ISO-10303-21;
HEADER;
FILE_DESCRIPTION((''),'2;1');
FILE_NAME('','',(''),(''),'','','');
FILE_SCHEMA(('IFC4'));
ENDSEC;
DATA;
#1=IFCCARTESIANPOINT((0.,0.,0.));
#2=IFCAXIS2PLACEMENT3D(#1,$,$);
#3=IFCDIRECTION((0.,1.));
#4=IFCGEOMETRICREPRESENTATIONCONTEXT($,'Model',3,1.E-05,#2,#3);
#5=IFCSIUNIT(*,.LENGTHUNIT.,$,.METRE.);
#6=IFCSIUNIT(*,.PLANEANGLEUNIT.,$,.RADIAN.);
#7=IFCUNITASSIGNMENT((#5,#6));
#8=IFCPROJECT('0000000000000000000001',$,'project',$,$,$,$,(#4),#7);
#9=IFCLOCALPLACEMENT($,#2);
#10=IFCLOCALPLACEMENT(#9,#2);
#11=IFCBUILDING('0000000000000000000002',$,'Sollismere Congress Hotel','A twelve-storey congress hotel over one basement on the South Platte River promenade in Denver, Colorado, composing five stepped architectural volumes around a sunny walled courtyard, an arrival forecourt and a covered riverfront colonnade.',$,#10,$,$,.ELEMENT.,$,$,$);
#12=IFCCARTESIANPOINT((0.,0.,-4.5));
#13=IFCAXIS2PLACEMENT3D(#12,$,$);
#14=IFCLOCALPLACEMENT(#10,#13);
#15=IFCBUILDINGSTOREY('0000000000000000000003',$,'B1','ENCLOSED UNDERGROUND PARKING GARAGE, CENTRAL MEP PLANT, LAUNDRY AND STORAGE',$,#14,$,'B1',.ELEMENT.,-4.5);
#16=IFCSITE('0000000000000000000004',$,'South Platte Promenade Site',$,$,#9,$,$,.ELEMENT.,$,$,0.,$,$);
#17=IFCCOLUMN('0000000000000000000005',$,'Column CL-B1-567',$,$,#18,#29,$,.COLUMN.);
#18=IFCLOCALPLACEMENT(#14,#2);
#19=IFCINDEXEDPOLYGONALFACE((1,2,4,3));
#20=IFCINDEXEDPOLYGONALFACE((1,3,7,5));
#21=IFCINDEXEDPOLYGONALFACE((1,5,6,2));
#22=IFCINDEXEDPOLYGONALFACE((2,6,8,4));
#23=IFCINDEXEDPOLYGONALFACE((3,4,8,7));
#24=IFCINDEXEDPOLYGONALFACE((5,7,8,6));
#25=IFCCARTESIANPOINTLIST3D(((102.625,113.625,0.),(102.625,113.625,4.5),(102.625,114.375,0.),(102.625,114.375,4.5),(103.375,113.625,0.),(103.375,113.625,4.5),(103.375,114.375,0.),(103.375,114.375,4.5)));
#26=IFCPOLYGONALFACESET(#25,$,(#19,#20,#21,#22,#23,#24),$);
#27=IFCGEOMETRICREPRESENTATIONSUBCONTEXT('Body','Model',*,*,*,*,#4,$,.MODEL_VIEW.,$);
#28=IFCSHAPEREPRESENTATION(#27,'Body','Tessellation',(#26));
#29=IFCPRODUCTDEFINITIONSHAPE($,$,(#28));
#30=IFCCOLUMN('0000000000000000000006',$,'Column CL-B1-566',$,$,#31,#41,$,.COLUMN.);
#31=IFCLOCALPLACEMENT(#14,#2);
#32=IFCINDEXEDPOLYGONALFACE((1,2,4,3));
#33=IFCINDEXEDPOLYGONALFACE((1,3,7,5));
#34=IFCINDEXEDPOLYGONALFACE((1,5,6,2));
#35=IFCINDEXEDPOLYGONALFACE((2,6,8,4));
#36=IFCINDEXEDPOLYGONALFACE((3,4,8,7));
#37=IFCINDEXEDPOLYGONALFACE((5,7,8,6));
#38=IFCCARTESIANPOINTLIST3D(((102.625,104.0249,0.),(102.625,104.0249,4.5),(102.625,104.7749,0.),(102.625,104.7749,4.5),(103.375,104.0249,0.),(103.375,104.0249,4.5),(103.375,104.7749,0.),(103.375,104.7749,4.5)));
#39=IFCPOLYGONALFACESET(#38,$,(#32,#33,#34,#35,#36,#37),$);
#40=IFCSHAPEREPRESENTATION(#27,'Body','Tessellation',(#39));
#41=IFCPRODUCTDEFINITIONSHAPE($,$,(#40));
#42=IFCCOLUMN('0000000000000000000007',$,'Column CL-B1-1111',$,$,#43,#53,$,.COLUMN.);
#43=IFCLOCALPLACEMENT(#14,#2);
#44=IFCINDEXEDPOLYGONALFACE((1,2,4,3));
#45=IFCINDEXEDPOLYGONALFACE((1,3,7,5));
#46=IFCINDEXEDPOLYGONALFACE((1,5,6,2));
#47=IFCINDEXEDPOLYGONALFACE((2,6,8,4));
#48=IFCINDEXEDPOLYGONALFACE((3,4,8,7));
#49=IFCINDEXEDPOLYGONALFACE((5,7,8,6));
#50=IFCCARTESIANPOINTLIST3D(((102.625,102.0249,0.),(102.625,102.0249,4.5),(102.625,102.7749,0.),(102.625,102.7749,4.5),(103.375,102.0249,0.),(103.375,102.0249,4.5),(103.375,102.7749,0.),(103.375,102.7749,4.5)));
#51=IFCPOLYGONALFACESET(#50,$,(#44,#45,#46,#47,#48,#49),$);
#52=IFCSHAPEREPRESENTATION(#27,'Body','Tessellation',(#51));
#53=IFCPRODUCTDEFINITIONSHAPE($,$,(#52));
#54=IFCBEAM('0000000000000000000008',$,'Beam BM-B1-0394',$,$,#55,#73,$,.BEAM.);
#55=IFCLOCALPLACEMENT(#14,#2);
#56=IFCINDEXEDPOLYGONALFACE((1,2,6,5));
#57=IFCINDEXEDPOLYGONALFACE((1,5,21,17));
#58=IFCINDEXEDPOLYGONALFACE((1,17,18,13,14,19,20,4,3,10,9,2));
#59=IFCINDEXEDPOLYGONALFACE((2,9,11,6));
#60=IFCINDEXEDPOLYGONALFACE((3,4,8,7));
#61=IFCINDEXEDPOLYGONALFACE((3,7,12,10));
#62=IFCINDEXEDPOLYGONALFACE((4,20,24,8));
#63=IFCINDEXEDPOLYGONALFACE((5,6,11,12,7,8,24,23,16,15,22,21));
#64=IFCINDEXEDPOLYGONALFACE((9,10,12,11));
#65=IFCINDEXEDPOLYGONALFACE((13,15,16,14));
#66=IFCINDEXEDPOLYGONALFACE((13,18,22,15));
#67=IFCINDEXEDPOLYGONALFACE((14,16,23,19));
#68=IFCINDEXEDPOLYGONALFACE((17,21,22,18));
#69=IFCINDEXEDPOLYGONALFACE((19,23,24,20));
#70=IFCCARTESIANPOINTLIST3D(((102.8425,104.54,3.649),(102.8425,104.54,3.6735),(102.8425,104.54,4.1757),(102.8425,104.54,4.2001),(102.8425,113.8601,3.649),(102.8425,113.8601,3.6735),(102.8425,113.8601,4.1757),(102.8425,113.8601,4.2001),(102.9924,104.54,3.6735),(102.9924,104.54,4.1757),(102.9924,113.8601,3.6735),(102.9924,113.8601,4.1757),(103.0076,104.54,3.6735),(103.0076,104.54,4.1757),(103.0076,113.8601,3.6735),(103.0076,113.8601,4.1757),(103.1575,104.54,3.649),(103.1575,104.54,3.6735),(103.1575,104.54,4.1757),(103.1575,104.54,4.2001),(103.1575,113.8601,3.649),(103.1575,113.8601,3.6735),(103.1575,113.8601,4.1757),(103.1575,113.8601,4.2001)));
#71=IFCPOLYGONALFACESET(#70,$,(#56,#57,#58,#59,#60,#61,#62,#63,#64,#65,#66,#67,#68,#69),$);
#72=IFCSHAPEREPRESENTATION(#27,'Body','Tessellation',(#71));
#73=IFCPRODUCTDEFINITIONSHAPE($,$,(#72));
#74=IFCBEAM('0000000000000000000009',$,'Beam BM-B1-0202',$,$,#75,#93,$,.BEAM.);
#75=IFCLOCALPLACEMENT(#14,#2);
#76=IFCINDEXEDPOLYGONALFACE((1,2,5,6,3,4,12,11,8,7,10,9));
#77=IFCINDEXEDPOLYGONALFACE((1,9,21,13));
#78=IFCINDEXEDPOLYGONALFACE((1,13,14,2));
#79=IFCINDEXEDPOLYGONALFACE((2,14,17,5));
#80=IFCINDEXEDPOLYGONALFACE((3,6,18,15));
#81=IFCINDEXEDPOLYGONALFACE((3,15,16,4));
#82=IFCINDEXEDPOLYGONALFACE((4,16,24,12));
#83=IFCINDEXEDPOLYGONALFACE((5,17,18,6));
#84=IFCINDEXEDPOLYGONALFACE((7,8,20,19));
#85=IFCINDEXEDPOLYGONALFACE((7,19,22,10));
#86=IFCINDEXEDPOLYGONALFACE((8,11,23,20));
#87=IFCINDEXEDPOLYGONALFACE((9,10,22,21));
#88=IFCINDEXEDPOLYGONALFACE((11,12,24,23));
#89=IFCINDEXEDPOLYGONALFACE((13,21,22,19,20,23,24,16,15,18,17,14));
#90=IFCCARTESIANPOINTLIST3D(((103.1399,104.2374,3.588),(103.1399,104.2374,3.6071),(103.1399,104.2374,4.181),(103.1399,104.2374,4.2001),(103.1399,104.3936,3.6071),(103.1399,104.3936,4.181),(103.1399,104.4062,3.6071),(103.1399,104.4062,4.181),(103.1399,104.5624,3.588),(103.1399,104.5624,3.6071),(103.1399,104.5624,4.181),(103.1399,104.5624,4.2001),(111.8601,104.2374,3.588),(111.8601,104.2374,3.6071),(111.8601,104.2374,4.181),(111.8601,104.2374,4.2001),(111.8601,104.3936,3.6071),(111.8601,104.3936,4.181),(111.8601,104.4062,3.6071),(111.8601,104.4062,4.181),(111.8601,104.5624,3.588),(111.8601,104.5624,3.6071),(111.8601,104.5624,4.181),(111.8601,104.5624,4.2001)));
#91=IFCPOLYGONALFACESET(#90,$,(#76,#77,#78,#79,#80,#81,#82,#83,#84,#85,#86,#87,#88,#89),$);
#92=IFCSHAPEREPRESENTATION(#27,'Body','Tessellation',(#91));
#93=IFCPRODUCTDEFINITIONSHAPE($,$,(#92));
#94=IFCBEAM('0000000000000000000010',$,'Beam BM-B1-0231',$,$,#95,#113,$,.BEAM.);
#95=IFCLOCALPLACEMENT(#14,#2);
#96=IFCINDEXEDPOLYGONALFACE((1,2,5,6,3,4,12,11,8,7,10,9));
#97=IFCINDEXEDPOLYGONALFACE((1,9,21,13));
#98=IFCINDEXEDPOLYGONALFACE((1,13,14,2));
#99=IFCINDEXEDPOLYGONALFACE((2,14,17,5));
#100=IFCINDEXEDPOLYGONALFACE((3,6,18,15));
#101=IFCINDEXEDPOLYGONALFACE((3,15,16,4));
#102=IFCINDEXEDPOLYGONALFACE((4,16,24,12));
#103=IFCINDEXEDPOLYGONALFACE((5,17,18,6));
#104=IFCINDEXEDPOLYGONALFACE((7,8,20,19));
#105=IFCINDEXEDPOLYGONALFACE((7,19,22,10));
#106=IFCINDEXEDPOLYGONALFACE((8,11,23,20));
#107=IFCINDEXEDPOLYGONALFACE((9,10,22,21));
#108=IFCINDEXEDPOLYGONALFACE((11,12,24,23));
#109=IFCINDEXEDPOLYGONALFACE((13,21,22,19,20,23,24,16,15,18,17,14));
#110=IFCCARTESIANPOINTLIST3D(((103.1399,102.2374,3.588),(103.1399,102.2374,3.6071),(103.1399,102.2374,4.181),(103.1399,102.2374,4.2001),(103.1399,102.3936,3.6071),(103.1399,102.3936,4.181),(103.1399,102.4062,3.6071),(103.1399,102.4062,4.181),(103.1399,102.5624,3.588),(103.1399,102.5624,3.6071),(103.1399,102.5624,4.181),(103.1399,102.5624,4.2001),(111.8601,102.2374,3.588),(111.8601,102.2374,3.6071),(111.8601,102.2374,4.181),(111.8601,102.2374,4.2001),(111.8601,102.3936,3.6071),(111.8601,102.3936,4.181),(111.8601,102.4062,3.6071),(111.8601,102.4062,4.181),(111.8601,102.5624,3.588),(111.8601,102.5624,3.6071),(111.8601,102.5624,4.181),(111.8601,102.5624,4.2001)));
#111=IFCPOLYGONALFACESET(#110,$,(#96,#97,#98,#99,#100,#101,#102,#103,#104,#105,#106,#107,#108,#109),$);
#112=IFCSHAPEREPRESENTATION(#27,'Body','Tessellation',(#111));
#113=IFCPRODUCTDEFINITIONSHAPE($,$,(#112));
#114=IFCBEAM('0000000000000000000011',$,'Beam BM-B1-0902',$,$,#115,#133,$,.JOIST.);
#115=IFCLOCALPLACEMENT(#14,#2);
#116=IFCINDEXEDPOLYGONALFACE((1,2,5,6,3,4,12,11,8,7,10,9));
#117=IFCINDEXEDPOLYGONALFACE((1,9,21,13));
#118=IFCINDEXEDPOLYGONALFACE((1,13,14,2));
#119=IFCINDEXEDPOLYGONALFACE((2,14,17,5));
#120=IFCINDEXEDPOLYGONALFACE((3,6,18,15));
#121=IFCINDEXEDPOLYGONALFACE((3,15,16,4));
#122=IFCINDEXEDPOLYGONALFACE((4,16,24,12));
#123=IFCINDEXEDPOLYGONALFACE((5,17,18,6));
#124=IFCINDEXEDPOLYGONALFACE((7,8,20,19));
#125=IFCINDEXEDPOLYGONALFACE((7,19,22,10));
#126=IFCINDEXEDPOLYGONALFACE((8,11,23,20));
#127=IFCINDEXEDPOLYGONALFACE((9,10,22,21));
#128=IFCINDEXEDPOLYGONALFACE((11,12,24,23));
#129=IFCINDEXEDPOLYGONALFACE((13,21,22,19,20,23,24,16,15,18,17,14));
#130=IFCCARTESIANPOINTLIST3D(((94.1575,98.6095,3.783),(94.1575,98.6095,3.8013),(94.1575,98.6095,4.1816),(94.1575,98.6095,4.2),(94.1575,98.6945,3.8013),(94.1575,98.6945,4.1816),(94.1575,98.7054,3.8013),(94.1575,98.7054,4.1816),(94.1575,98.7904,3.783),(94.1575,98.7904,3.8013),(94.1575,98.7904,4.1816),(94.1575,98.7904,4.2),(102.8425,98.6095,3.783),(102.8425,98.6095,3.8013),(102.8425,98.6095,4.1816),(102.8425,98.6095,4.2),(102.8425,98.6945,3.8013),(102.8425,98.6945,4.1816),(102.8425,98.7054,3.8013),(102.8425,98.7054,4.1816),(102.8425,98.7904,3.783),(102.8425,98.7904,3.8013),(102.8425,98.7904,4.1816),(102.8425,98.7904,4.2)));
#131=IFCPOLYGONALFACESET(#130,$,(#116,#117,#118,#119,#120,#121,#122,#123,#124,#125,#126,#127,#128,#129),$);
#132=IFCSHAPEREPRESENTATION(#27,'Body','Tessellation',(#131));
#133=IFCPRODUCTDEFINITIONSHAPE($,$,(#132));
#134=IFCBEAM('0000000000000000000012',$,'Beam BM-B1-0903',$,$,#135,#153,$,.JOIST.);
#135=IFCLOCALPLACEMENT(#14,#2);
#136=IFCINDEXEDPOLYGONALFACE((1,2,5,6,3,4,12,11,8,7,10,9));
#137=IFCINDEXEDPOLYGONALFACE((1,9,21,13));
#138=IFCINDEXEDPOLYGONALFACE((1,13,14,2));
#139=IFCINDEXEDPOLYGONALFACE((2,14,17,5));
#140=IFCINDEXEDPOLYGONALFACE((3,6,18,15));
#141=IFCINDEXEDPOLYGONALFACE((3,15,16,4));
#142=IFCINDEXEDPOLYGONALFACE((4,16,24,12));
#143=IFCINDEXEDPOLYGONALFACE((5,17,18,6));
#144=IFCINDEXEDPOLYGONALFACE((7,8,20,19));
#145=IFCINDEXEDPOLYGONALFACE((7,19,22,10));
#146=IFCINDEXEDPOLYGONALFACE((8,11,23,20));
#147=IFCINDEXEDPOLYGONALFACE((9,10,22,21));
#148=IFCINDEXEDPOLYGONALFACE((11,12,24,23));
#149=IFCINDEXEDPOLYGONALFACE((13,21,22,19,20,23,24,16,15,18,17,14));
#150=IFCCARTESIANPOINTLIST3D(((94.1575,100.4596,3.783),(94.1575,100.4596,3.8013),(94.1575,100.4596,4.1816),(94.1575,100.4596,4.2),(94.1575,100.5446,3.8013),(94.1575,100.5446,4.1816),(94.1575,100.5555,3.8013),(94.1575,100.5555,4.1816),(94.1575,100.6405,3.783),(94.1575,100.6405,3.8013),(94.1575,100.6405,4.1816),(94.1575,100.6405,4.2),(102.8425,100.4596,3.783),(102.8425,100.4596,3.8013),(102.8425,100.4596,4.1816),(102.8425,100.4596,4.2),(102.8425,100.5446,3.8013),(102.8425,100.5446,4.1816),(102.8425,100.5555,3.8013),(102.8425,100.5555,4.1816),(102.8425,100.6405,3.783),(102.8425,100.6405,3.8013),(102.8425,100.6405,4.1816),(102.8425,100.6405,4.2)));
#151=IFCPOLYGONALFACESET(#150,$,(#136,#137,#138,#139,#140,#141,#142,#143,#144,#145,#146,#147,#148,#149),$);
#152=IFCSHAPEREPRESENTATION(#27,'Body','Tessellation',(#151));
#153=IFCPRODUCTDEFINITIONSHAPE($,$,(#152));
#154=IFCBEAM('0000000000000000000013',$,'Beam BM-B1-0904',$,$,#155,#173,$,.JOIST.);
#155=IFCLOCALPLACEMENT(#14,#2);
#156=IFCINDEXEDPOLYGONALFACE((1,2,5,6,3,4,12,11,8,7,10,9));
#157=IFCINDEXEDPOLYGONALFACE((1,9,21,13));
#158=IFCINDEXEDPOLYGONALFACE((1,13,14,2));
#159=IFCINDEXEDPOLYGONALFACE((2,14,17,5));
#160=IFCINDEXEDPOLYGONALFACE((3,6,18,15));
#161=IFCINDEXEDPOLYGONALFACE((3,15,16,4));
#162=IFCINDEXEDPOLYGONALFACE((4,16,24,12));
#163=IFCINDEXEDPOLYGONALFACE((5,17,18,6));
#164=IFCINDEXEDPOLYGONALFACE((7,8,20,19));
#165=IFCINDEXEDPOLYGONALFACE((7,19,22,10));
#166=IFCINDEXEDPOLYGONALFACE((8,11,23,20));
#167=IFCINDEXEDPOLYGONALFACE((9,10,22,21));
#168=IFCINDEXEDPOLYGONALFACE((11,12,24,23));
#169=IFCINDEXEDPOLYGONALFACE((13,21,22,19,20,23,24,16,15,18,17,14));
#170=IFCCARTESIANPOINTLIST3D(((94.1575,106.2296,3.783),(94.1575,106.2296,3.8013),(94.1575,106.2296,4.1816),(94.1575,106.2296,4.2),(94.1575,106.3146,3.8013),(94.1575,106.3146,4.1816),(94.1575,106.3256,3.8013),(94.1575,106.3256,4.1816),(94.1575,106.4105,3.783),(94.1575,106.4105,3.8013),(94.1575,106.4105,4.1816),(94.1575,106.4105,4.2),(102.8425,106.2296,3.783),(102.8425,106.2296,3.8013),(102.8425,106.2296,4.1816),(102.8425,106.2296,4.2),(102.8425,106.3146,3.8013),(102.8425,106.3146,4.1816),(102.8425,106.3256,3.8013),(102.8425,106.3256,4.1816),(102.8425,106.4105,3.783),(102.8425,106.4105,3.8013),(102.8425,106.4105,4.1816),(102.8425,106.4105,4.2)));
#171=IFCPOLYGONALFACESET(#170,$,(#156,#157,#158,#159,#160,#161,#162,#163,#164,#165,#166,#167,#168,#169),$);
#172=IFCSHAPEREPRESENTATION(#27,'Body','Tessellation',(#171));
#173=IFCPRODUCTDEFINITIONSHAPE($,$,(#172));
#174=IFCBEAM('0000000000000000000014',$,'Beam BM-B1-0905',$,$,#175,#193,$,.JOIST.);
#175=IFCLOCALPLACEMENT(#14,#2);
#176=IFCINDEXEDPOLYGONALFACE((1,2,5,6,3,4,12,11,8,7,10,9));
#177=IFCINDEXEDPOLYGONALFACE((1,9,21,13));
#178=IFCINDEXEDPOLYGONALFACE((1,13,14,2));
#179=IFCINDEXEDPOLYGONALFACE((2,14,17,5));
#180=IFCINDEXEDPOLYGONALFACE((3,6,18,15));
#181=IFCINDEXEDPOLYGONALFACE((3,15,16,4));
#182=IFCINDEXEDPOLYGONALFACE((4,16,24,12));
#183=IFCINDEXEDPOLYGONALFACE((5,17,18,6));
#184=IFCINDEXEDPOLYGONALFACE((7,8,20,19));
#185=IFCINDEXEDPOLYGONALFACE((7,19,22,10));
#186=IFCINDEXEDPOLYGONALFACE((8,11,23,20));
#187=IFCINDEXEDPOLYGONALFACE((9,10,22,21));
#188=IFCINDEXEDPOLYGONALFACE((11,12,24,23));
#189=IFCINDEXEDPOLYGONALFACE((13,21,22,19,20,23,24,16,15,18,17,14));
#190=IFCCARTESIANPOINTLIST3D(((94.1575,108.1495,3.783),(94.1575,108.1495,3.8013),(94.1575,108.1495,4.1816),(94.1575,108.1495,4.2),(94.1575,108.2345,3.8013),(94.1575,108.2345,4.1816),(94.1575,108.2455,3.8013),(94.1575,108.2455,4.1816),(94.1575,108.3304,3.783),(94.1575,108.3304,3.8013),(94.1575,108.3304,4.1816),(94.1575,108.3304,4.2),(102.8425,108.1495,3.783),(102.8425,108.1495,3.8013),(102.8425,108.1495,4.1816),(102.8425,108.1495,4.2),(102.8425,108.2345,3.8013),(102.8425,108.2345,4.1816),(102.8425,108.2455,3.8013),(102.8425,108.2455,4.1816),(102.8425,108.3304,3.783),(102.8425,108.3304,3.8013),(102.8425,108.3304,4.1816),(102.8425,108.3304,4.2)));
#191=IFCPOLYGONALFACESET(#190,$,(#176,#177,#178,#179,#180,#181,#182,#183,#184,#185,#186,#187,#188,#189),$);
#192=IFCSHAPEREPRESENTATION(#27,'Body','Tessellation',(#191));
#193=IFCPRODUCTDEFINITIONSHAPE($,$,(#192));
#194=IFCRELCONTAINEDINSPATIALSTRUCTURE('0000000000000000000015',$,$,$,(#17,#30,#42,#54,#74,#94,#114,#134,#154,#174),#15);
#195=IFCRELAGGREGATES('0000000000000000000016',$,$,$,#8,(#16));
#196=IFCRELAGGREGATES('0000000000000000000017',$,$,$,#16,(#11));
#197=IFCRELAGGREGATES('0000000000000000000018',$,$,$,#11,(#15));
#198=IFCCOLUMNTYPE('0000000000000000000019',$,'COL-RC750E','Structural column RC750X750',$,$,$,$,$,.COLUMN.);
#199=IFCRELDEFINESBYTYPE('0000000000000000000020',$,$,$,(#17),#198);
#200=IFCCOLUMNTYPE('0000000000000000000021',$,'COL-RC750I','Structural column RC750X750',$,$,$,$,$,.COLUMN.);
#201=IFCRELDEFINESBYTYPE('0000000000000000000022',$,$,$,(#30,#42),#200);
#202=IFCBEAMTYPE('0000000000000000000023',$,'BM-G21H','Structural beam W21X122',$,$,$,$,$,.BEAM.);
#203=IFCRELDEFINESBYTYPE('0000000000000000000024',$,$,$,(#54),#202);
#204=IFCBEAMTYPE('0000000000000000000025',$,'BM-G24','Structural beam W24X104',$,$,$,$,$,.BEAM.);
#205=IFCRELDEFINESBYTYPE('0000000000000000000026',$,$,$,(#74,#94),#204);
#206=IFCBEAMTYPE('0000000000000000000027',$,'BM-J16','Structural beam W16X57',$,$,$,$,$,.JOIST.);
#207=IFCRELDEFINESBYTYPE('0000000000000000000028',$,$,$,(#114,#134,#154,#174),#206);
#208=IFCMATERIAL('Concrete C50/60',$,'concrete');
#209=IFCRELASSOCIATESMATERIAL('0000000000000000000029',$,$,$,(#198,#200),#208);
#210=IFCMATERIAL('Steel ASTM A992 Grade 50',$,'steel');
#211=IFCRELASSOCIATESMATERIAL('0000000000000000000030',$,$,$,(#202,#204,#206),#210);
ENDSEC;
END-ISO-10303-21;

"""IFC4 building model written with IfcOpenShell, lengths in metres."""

from ifc_helpers import new_model, si_unit, direction, frame, origin, origin_2d, place, context, subcontext, project, spatial, rectangle, i_section, extrude, material, material_profile, profile_set, type_object, element, save


model = new_model("IFC4")

# Units and contexts
model_context = context("Model", 3, precision=1e-05, world=origin(), true_north=direction((0.0, 1.0)))
body_context = subcontext(model_context, "Body", "Model", "MODEL_VIEW")
ifc_project = project(units=[si_unit("LENGTHUNIT", "METRE"), si_unit("PLANEANGLEUNIT", "RADIAN")], contexts=[model_context])

# Site, building, storey
site_placement = place(None, origin())
site = spatial("IfcSite", under=ifc_project, at=site_placement, Name="South Platte Promenade Site", CompositionType="ELEMENT", RefElevation=0.0)
building_placement = place(site_placement, origin())
building = spatial("IfcBuilding", under=site, at=building_placement, Name="Sollismere Congress Hotel", Description="A twelve-storey congress hotel over one basement on the South Platte River promenade in Denver, Colorado, composing five stepped architectural volumes around a sunny walled courtyard, an arrival forecourt and a covered riverfront colonnade.", CompositionType="ELEMENT")
storey_placement = place(building_placement, frame((0.0, 0.0, -4.5)))
storey = spatial("IfcBuildingStorey", under=building, at=storey_placement, Name="B1", Description="ENCLOSED UNDERGROUND PARKING GARAGE, CENTRAL MEP PLANT, LAUNDRY AND STORAGE", LongName="B1", CompositionType="ELEMENT", Elevation=-4.5)

# Columns
ifc_material_1 = material(Name="Concrete C50/60", Category="concrete")
ifc_material_profile_1 = material_profile(ifc_material_1, rectangle(XDim=0.75, YDim=0.75, at=origin_2d()), Name="RC750X750")
ifc_profile_set_1 = profile_set([ifc_material_profile_1], Name="Concrete C50/60")
column_type_1 = type_object("IfcColumnType", Name="COL-RC750E", Description="Structural column RC750X750", PredefinedType="COLUMN", material=ifc_profile_set_1)
column_placement = place(storey_placement, frame((103.0, 114.0, 0.0), z_axis=(0.0, 0.0, 1.0), x_axis=(1.0, 0.0, 0.0)))
element("IfcColumn", 1, at=column_placement, inside=storey, type_object=column_type_1, Name="Column CL-B1-567", PredefinedType="COLUMN", context=body_context, shape_type="SweptSolid", body=[
    extrude(rectangle(XDim=0.75, YDim=0.75, at=origin_2d()), origin(), (0.0, 0.0, 1.0), 4.5),
])
ifc_material_profile_2 = material_profile(ifc_material_1, rectangle(XDim=0.75, YDim=0.75, at=origin_2d()), Name="RC750X750")
ifc_profile_set_2 = profile_set([ifc_material_profile_2], Name="Concrete C50/60")
column_type_2 = type_object("IfcColumnType", Name="COL-RC750I", Description="Structural column RC750X750", PredefinedType="COLUMN", material=ifc_profile_set_2)
for number, where, z_axis, x_axis, name in (
    (2, (103.0, 104.3999, 0.0), (0.0, 0.0, 1.0), (1.0, 0.0, 0.0), "Column CL-B1-566"),
    (3, (103.0, 102.3999, 0.0), (0.0, 0.0, 1.0), (0.0, 1.0, 0.0), "Column CL-B1-1111"),
):
    element("IfcColumn", number, at=place(storey_placement, frame(where, z_axis=z_axis, x_axis=x_axis)), inside=storey, type_object=column_type_2, Name=name, PredefinedType="COLUMN", context=body_context, shape_type="SweptSolid", body=[
        extrude(rectangle(XDim=0.75, YDim=0.75, at=origin_2d()), origin(), (0.0, 0.0, 1.0), 4.5),
    ])

# Beams
ifc_material_2 = material(Name="Steel ASTM A992 Grade 50", Category="steel")
ifc_material_profile_3 = material_profile(ifc_material_2, i_section(OverallWidth=0.3149, OverallDepth=0.551, WebThickness=0.0151, FlangeThickness=0.0244, at=origin_2d()), Name="W21X122")
ifc_profile_set_3 = profile_set([ifc_material_profile_3], Name="Steel ASTM A992 Grade 50")
beam_type_1 = type_object("IfcBeamType", Name="BM-G21H", Description="Structural beam W21X122", PredefinedType="BEAM", material=ifc_profile_set_3)
beam_1_placement = place(storey_placement, frame((103.0, 104.54, 3.9246), z_axis=(0.0, 1.0, 0.0), x_axis=(-1.0, 0.0, 0.0)))
element("IfcBeam", 4, at=beam_1_placement, inside=storey, type_object=beam_type_1, Name="Beam BM-B1-0394", PredefinedType="BEAM", context=body_context, shape_type="SweptSolid", body=[
    extrude(i_section(OverallWidth=0.3149, OverallDepth=0.551, WebThickness=0.0151, FlangeThickness=0.0244, at=origin_2d()), origin(), (0.0, 0.0, 1.0), 9.3201),
])
ifc_material_profile_4 = material_profile(ifc_material_2, i_section(OverallWidth=0.325, OverallDepth=0.6121, WebThickness=0.0127, FlangeThickness=0.019, at=origin_2d()), Name="W24X104")
ifc_profile_set_4 = profile_set([ifc_material_profile_4], Name="Steel ASTM A992 Grade 50")
beam_type_2 = type_object("IfcBeamType", Name="BM-G24", Description="Structural beam W24X104", PredefinedType="BEAM", material=ifc_profile_set_4)
for number, where, z_axis, x_axis, name in (
    (5, (103.1399, 104.3999, 3.894), (1.0, 0.0, 0.0), (0.0, 1.0, 0.0), "Beam BM-B1-0202"),
    (6, (103.1399, 102.3999, 3.894), (1.0, 0.0, 0.0), (0.0, 1.0, 0.0), "Beam BM-B1-0231"),
):
    element("IfcBeam", number, at=place(storey_placement, frame(where, z_axis=z_axis, x_axis=x_axis)), inside=storey, type_object=beam_type_2, Name=name, PredefinedType="BEAM", context=body_context, shape_type="SweptSolid", body=[
        extrude(i_section(OverallWidth=0.325, OverallDepth=0.6121, WebThickness=0.0127, FlangeThickness=0.019, at=origin_2d()), origin(), (0.0, 0.0, 1.0), 8.7202),
    ])
ifc_material_profile_5 = material_profile(ifc_material_2, i_section(OverallWidth=0.1809, OverallDepth=0.417, WebThickness=0.011, FlangeThickness=0.0183, at=origin_2d()), Name="W16X57")
ifc_profile_set_5 = profile_set([ifc_material_profile_5], Name="Steel ASTM A992 Grade 50")
beam_type_3 = type_object("IfcBeamType", Name="BM-J16", Description="Structural beam W16X57", PredefinedType="JOIST", material=ifc_profile_set_5)
for number, where, z_axis, x_axis, name in (
    (7, (94.1575, 98.7, 3.9915), (1.0, 0.0, 0.0), (0.0, 1.0, 0.0), "Beam BM-B1-0902"),
    (8, (94.1575, 100.55, 3.9915), (1.0, 0.0, 0.0), (0.0, 1.0, 0.0), "Beam BM-B1-0903"),
    (9, (94.1575, 106.3201, 3.9915), (1.0, 0.0, 0.0), (0.0, 1.0, 0.0), "Beam BM-B1-0904"),
    (10, (94.1575, 108.24, 3.9915), (1.0, 0.0, 0.0), (0.0, 1.0, 0.0), "Beam BM-B1-0905"),
):
    element("IfcBeam", number, at=place(storey_placement, frame(where, z_axis=z_axis, x_axis=x_axis)), inside=storey, type_object=beam_type_3, Name=name, PredefinedType="JOIST", context=body_context, shape_type="SweptSolid", body=[
        extrude(i_section(OverallWidth=0.1809, OverallDepth=0.417, WebThickness=0.011, FlangeThickness=0.0183, at=origin_2d()), origin(), (0.0, 0.0, 1.0), 8.6851),
    ])

save(model, "model.ifc")
